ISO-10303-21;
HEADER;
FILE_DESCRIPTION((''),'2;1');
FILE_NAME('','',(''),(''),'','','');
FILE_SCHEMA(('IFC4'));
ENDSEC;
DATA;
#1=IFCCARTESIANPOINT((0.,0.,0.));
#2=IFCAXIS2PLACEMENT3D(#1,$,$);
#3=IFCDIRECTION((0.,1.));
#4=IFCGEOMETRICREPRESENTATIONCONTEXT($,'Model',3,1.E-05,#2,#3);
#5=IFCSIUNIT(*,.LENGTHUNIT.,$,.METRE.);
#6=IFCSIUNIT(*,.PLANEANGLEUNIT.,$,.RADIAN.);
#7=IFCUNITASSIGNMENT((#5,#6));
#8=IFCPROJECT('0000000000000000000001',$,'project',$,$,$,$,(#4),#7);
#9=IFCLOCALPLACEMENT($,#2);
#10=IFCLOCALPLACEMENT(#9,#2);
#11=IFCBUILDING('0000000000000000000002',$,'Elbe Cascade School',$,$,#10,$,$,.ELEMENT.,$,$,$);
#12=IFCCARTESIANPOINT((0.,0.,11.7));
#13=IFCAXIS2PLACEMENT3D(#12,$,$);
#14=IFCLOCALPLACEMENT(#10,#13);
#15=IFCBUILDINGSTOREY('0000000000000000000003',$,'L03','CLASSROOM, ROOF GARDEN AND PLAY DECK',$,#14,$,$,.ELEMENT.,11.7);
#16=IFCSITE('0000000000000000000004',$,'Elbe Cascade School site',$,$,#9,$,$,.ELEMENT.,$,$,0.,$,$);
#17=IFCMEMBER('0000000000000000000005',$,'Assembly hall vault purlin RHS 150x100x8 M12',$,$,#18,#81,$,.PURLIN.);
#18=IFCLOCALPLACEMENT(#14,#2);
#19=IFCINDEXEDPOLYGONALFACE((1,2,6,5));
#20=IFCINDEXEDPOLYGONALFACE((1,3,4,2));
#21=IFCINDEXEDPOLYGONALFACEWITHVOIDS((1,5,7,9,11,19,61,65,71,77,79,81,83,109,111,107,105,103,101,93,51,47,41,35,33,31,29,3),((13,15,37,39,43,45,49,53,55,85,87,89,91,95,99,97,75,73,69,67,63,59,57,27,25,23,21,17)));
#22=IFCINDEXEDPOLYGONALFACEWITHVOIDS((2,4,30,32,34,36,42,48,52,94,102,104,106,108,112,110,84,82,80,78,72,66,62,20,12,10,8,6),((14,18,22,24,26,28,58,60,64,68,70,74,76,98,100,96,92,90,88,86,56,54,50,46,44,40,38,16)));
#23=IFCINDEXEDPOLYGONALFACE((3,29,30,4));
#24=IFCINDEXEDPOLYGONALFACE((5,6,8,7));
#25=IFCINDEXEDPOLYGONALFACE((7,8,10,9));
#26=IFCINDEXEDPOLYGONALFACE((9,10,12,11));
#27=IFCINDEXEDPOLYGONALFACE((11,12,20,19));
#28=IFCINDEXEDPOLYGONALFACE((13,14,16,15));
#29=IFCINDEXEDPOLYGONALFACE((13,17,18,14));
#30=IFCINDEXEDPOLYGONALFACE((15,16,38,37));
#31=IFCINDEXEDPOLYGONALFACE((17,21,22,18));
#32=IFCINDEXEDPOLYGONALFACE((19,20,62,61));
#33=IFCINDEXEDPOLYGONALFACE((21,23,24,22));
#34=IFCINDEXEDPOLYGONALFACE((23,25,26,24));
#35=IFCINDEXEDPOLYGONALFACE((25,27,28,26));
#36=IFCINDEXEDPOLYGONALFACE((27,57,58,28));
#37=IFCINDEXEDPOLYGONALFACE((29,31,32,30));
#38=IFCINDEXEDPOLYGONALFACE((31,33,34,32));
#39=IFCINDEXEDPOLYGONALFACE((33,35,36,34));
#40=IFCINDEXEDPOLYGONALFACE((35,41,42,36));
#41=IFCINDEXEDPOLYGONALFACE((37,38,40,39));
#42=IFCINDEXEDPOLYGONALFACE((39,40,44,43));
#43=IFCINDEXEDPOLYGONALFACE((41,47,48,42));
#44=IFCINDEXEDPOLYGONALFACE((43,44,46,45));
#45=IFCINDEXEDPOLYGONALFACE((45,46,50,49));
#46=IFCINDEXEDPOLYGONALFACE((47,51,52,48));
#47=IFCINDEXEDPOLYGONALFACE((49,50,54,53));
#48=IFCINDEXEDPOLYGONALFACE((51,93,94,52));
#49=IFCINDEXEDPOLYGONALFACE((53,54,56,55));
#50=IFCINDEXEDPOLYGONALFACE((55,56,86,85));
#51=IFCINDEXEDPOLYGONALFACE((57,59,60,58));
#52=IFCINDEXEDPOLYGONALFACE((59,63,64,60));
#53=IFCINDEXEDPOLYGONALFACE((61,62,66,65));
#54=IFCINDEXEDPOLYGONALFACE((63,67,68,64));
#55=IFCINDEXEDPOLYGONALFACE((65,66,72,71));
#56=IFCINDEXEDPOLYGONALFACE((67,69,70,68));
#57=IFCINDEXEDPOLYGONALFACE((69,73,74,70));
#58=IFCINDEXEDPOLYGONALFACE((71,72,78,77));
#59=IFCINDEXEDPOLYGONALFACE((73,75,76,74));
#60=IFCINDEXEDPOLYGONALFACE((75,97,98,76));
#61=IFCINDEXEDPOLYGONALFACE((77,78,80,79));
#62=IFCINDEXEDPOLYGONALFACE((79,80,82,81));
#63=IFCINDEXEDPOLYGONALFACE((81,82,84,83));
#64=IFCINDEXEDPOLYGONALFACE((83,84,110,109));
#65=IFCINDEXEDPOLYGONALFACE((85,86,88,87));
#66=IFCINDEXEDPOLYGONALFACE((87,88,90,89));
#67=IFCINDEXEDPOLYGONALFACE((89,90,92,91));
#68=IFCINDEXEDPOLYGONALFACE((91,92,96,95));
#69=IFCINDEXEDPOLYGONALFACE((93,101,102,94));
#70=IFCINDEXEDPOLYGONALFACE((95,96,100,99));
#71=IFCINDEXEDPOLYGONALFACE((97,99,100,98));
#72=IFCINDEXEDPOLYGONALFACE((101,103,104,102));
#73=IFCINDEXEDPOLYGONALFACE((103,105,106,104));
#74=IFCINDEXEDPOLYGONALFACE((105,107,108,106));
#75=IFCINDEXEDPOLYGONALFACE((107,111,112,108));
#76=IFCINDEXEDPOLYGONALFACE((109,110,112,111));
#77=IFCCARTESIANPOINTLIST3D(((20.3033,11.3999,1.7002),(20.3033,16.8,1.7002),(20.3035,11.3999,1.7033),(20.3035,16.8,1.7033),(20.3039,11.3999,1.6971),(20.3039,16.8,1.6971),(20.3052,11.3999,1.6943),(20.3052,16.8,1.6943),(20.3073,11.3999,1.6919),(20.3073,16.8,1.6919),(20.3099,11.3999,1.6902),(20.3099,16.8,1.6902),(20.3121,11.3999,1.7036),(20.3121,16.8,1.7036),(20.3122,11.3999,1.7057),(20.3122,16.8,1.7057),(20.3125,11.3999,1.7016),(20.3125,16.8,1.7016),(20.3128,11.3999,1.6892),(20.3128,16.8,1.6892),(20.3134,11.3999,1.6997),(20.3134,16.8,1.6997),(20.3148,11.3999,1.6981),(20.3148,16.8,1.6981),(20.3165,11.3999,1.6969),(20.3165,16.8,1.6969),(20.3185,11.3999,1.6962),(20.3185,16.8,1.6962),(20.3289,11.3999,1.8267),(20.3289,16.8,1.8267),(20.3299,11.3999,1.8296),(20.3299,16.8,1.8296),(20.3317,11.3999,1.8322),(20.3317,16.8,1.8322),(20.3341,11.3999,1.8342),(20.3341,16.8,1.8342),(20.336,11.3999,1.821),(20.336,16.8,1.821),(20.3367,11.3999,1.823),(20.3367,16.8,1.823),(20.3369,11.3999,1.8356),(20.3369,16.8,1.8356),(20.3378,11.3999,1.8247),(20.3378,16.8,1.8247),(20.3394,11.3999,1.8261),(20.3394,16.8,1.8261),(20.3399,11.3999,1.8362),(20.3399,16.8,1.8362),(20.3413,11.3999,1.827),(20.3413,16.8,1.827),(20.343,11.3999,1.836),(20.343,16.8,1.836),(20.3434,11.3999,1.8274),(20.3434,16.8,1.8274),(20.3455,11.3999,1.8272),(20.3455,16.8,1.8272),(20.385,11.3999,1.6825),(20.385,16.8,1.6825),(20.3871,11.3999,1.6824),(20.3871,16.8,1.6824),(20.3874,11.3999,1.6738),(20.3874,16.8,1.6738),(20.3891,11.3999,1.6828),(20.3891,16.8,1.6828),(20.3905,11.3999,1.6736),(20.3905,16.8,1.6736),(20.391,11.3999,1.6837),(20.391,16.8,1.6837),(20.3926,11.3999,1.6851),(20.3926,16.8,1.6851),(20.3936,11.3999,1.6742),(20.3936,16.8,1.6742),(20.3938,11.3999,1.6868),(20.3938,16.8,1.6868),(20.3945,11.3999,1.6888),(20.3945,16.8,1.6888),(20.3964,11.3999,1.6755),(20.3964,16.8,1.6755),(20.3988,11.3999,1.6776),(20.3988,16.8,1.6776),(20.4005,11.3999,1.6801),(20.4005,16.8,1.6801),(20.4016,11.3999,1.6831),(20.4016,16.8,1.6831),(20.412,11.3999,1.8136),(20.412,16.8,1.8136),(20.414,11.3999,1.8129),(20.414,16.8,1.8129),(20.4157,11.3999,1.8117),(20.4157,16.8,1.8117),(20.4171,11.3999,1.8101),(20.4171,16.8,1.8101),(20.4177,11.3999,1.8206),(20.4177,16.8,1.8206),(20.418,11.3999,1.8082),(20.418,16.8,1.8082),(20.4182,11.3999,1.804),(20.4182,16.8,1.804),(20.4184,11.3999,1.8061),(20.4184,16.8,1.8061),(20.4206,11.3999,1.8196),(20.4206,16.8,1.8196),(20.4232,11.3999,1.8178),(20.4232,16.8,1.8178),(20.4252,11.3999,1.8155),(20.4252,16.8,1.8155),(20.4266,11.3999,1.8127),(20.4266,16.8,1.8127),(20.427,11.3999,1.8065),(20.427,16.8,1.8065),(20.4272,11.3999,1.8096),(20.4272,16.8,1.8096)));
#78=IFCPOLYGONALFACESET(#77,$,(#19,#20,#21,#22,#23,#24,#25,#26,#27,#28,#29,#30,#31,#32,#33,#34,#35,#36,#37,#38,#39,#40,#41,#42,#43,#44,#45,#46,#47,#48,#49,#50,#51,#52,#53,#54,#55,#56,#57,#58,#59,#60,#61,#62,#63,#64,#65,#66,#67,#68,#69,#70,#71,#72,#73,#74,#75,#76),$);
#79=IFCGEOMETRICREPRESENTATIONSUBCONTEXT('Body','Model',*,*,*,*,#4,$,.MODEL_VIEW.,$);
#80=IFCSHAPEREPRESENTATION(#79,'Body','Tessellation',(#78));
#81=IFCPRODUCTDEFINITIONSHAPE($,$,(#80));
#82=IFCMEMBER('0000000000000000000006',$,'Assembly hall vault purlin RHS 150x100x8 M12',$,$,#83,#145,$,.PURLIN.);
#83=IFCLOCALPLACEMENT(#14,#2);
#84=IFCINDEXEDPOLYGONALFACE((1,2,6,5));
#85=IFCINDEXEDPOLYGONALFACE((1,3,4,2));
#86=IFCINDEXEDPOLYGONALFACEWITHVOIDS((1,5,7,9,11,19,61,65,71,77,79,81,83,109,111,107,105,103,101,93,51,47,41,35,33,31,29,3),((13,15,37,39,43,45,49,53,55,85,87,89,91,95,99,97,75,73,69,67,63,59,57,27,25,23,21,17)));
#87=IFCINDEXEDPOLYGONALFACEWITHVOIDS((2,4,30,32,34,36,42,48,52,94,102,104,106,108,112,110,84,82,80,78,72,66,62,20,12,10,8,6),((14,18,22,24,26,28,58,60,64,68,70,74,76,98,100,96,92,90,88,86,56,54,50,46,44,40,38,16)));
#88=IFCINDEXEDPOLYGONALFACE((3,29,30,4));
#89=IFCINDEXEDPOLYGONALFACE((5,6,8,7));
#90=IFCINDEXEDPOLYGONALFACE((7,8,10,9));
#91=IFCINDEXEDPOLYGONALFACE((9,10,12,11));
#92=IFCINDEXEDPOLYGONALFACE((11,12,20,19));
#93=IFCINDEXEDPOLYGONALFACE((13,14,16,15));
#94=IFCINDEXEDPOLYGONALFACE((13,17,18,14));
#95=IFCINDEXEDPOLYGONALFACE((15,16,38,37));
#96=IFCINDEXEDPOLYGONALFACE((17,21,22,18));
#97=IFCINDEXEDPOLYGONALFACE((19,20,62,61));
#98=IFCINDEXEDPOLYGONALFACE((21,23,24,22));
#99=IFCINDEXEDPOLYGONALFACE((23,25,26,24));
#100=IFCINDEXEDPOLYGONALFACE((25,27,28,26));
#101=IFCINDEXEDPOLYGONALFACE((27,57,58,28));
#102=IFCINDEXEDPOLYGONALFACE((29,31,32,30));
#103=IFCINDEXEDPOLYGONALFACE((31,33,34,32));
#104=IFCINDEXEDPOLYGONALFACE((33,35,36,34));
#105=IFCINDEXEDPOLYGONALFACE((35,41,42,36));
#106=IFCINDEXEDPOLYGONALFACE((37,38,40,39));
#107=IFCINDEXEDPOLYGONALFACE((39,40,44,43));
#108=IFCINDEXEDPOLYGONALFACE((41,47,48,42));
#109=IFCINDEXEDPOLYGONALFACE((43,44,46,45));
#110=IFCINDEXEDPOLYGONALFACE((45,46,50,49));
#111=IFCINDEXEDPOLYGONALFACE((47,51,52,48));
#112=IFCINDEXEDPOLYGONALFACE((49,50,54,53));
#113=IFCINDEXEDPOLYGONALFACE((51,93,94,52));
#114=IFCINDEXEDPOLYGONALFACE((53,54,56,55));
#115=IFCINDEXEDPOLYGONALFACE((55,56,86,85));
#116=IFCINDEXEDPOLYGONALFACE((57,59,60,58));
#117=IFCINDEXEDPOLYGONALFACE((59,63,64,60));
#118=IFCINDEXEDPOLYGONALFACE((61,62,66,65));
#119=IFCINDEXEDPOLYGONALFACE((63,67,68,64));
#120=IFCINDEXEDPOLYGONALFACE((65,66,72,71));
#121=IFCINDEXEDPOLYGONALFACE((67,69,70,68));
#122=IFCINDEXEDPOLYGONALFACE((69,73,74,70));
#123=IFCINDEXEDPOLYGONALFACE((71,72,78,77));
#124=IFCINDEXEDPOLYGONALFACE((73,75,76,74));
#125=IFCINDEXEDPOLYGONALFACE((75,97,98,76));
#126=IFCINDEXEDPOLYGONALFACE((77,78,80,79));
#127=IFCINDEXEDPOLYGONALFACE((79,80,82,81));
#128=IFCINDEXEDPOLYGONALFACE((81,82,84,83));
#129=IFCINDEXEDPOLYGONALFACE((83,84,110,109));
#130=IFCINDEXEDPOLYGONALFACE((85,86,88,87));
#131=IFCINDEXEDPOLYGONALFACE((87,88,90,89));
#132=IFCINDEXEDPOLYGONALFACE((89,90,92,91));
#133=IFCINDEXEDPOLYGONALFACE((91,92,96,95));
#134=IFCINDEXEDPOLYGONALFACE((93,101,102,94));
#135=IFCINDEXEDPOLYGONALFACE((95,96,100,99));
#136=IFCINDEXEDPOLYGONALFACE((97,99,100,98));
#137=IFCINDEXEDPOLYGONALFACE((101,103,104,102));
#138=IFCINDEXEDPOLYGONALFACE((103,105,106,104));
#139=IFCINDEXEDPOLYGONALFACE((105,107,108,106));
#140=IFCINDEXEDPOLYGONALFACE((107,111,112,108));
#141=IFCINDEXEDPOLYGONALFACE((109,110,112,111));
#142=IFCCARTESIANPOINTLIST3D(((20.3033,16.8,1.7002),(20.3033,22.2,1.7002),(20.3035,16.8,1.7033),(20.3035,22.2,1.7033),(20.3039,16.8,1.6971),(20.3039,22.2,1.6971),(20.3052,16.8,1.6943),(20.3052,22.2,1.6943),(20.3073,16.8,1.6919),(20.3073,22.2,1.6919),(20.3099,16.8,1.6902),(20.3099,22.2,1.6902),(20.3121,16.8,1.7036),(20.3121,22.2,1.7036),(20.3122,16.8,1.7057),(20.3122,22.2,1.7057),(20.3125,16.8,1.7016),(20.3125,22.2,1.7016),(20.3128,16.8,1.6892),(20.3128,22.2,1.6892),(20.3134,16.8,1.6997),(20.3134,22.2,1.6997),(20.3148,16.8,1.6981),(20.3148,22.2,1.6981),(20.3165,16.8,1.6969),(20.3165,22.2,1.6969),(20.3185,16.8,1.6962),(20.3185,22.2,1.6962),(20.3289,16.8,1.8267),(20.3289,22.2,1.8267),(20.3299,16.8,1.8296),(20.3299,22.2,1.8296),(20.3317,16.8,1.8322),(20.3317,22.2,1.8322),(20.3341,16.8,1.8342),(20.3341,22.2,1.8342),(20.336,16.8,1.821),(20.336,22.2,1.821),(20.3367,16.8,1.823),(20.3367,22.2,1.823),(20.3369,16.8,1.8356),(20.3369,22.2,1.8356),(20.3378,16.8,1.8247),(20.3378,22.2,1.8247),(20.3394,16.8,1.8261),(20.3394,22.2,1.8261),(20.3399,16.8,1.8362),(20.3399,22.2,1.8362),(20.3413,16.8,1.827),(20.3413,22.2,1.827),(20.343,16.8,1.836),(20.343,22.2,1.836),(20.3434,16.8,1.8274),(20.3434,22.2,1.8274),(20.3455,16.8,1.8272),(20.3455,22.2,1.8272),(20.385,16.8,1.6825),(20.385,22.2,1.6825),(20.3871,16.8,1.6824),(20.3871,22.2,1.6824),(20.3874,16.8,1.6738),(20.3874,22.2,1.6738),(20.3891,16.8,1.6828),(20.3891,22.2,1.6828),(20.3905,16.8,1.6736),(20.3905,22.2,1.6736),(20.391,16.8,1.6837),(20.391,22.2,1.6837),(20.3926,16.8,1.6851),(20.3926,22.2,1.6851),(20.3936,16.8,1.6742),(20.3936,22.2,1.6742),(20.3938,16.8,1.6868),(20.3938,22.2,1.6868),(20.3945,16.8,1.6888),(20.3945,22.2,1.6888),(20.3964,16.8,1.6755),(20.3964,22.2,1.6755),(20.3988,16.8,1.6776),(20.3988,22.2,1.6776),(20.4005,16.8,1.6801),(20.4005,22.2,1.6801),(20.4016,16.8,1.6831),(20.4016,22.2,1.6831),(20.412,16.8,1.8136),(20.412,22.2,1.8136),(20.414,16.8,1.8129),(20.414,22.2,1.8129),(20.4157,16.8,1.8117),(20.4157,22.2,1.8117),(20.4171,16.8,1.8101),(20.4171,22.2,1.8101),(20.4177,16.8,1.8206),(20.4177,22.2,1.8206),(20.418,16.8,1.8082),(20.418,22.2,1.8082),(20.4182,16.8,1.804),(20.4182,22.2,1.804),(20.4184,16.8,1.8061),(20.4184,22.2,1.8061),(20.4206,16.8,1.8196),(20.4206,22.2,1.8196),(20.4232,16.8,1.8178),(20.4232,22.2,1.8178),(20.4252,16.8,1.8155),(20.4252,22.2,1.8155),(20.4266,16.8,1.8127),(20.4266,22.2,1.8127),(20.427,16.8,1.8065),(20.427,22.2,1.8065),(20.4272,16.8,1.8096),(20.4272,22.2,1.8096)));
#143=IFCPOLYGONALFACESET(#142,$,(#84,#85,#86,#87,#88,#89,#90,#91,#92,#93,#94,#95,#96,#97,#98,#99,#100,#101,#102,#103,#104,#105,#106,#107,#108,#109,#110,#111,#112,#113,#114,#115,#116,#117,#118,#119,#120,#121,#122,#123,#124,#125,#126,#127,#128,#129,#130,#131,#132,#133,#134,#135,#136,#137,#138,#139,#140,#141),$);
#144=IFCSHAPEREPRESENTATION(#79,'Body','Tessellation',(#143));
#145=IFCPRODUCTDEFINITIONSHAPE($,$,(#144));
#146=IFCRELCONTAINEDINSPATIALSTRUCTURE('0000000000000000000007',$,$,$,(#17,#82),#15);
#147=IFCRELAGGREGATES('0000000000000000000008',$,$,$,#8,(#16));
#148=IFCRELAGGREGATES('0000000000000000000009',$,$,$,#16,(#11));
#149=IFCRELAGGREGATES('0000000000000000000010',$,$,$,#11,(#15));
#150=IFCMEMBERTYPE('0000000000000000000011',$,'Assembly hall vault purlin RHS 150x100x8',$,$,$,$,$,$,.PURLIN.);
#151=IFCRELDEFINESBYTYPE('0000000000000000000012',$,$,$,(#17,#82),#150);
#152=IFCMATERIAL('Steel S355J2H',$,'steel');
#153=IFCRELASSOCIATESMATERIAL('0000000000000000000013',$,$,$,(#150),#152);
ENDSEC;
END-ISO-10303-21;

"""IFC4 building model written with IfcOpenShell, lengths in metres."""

from ifc_helpers import new_model, si_unit, direction, frame, origin, origin_2d, place, context, subcontext, project, spatial, hollow_rectangle, extrude, material, material_profile, profile_set, type_object, element, save


model = new_model("IFC4")

# Units and contexts
model_context = context("Model", 3, precision=1e-05, world=origin(), true_north=direction((0.0, 1.0)))
body_context = subcontext(model_context, "Body", "Model", "MODEL_VIEW")
ifc_project = project(units=[si_unit("LENGTHUNIT", "METRE"), si_unit("PLANEANGLEUNIT", "RADIAN")], contexts=[model_context])

# Site, building, storey
site_placement = place(None, origin())
site = spatial("IfcSite", under=ifc_project, at=site_placement, Name="Elbe Cascade School site", CompositionType="ELEMENT", RefElevation=0.0)
building_placement = place(site_placement, origin())
building = spatial("IfcBuilding", under=site, at=building_placement, Name="Elbe Cascade School", CompositionType="ELEMENT")
storey_placement = place(building_placement, frame((0.0, 0.0, 11.7)))
storey = spatial("IfcBuildingStorey", under=building, at=storey_placement, Name="L03", Description="CLASSROOM, ROOF GARDEN AND PLAY DECK", CompositionType="ELEMENT", Elevation=11.7)

# Members
ifc_material_1 = material(Name="Steel S355J2H", Category="steel")
ifc_material_profile_1 = material_profile(ifc_material_1, hollow_rectangle(XDim=0.1001, YDim=0.1499, WallThickness=0.0081, InnerFilletRadius=0.0081, OuterFilletRadius=0.012, at=origin_2d()), Name="RHS 150x100x8")
ifc_profile_set_1 = profile_set([ifc_material_profile_1], Name="Steel S355J2H")
member_type_1 = type_object("IfcMemberType", Name="Assembly hall vault purlin RHS 150x100x8", PredefinedType="PURLIN", material=ifc_profile_set_1)
member_1_placement = place(storey_placement, frame((20.3652, 11.3999, 1.7549), z_axis=(0.0, 1.0, 0.0), x_axis=(-0.979448, 0.0, 0.201697)))
element("IfcMember", 1, at=member_1_placement, inside=storey, type_object=member_type_1, Name="Assembly hall vault purlin RHS 150x100x8 M12", PredefinedType="PURLIN", context=body_context, shape_type="SweptSolid", body=[
    extrude(hollow_rectangle(XDim=0.1001, YDim=0.1499, WallThickness=0.0081, InnerFilletRadius=0.0081, OuterFilletRadius=0.012, at=origin_2d()), origin(), (0.0, 0.0, 1.0), 5.4001),
])
member_2_placement = place(storey_placement, frame((20.3652, 16.8, 1.7549), z_axis=(0.0, 1.0, 0.0), x_axis=(-0.979448, 0.0, 0.201697)))
element("IfcMember", 2, at=member_2_placement, inside=storey, type_object=member_type_1, Name="Assembly hall vault purlin RHS 150x100x8 M12", PredefinedType="PURLIN", context=body_context, shape_type="SweptSolid", body=[
    extrude(hollow_rectangle(XDim=0.1001, YDim=0.1499, WallThickness=0.0081, InnerFilletRadius=0.0081, OuterFilletRadius=0.012, at=origin_2d()), origin(), (0.0, 0.0, 1.0), 5.3999),
])

save(model, "model.ifc")
